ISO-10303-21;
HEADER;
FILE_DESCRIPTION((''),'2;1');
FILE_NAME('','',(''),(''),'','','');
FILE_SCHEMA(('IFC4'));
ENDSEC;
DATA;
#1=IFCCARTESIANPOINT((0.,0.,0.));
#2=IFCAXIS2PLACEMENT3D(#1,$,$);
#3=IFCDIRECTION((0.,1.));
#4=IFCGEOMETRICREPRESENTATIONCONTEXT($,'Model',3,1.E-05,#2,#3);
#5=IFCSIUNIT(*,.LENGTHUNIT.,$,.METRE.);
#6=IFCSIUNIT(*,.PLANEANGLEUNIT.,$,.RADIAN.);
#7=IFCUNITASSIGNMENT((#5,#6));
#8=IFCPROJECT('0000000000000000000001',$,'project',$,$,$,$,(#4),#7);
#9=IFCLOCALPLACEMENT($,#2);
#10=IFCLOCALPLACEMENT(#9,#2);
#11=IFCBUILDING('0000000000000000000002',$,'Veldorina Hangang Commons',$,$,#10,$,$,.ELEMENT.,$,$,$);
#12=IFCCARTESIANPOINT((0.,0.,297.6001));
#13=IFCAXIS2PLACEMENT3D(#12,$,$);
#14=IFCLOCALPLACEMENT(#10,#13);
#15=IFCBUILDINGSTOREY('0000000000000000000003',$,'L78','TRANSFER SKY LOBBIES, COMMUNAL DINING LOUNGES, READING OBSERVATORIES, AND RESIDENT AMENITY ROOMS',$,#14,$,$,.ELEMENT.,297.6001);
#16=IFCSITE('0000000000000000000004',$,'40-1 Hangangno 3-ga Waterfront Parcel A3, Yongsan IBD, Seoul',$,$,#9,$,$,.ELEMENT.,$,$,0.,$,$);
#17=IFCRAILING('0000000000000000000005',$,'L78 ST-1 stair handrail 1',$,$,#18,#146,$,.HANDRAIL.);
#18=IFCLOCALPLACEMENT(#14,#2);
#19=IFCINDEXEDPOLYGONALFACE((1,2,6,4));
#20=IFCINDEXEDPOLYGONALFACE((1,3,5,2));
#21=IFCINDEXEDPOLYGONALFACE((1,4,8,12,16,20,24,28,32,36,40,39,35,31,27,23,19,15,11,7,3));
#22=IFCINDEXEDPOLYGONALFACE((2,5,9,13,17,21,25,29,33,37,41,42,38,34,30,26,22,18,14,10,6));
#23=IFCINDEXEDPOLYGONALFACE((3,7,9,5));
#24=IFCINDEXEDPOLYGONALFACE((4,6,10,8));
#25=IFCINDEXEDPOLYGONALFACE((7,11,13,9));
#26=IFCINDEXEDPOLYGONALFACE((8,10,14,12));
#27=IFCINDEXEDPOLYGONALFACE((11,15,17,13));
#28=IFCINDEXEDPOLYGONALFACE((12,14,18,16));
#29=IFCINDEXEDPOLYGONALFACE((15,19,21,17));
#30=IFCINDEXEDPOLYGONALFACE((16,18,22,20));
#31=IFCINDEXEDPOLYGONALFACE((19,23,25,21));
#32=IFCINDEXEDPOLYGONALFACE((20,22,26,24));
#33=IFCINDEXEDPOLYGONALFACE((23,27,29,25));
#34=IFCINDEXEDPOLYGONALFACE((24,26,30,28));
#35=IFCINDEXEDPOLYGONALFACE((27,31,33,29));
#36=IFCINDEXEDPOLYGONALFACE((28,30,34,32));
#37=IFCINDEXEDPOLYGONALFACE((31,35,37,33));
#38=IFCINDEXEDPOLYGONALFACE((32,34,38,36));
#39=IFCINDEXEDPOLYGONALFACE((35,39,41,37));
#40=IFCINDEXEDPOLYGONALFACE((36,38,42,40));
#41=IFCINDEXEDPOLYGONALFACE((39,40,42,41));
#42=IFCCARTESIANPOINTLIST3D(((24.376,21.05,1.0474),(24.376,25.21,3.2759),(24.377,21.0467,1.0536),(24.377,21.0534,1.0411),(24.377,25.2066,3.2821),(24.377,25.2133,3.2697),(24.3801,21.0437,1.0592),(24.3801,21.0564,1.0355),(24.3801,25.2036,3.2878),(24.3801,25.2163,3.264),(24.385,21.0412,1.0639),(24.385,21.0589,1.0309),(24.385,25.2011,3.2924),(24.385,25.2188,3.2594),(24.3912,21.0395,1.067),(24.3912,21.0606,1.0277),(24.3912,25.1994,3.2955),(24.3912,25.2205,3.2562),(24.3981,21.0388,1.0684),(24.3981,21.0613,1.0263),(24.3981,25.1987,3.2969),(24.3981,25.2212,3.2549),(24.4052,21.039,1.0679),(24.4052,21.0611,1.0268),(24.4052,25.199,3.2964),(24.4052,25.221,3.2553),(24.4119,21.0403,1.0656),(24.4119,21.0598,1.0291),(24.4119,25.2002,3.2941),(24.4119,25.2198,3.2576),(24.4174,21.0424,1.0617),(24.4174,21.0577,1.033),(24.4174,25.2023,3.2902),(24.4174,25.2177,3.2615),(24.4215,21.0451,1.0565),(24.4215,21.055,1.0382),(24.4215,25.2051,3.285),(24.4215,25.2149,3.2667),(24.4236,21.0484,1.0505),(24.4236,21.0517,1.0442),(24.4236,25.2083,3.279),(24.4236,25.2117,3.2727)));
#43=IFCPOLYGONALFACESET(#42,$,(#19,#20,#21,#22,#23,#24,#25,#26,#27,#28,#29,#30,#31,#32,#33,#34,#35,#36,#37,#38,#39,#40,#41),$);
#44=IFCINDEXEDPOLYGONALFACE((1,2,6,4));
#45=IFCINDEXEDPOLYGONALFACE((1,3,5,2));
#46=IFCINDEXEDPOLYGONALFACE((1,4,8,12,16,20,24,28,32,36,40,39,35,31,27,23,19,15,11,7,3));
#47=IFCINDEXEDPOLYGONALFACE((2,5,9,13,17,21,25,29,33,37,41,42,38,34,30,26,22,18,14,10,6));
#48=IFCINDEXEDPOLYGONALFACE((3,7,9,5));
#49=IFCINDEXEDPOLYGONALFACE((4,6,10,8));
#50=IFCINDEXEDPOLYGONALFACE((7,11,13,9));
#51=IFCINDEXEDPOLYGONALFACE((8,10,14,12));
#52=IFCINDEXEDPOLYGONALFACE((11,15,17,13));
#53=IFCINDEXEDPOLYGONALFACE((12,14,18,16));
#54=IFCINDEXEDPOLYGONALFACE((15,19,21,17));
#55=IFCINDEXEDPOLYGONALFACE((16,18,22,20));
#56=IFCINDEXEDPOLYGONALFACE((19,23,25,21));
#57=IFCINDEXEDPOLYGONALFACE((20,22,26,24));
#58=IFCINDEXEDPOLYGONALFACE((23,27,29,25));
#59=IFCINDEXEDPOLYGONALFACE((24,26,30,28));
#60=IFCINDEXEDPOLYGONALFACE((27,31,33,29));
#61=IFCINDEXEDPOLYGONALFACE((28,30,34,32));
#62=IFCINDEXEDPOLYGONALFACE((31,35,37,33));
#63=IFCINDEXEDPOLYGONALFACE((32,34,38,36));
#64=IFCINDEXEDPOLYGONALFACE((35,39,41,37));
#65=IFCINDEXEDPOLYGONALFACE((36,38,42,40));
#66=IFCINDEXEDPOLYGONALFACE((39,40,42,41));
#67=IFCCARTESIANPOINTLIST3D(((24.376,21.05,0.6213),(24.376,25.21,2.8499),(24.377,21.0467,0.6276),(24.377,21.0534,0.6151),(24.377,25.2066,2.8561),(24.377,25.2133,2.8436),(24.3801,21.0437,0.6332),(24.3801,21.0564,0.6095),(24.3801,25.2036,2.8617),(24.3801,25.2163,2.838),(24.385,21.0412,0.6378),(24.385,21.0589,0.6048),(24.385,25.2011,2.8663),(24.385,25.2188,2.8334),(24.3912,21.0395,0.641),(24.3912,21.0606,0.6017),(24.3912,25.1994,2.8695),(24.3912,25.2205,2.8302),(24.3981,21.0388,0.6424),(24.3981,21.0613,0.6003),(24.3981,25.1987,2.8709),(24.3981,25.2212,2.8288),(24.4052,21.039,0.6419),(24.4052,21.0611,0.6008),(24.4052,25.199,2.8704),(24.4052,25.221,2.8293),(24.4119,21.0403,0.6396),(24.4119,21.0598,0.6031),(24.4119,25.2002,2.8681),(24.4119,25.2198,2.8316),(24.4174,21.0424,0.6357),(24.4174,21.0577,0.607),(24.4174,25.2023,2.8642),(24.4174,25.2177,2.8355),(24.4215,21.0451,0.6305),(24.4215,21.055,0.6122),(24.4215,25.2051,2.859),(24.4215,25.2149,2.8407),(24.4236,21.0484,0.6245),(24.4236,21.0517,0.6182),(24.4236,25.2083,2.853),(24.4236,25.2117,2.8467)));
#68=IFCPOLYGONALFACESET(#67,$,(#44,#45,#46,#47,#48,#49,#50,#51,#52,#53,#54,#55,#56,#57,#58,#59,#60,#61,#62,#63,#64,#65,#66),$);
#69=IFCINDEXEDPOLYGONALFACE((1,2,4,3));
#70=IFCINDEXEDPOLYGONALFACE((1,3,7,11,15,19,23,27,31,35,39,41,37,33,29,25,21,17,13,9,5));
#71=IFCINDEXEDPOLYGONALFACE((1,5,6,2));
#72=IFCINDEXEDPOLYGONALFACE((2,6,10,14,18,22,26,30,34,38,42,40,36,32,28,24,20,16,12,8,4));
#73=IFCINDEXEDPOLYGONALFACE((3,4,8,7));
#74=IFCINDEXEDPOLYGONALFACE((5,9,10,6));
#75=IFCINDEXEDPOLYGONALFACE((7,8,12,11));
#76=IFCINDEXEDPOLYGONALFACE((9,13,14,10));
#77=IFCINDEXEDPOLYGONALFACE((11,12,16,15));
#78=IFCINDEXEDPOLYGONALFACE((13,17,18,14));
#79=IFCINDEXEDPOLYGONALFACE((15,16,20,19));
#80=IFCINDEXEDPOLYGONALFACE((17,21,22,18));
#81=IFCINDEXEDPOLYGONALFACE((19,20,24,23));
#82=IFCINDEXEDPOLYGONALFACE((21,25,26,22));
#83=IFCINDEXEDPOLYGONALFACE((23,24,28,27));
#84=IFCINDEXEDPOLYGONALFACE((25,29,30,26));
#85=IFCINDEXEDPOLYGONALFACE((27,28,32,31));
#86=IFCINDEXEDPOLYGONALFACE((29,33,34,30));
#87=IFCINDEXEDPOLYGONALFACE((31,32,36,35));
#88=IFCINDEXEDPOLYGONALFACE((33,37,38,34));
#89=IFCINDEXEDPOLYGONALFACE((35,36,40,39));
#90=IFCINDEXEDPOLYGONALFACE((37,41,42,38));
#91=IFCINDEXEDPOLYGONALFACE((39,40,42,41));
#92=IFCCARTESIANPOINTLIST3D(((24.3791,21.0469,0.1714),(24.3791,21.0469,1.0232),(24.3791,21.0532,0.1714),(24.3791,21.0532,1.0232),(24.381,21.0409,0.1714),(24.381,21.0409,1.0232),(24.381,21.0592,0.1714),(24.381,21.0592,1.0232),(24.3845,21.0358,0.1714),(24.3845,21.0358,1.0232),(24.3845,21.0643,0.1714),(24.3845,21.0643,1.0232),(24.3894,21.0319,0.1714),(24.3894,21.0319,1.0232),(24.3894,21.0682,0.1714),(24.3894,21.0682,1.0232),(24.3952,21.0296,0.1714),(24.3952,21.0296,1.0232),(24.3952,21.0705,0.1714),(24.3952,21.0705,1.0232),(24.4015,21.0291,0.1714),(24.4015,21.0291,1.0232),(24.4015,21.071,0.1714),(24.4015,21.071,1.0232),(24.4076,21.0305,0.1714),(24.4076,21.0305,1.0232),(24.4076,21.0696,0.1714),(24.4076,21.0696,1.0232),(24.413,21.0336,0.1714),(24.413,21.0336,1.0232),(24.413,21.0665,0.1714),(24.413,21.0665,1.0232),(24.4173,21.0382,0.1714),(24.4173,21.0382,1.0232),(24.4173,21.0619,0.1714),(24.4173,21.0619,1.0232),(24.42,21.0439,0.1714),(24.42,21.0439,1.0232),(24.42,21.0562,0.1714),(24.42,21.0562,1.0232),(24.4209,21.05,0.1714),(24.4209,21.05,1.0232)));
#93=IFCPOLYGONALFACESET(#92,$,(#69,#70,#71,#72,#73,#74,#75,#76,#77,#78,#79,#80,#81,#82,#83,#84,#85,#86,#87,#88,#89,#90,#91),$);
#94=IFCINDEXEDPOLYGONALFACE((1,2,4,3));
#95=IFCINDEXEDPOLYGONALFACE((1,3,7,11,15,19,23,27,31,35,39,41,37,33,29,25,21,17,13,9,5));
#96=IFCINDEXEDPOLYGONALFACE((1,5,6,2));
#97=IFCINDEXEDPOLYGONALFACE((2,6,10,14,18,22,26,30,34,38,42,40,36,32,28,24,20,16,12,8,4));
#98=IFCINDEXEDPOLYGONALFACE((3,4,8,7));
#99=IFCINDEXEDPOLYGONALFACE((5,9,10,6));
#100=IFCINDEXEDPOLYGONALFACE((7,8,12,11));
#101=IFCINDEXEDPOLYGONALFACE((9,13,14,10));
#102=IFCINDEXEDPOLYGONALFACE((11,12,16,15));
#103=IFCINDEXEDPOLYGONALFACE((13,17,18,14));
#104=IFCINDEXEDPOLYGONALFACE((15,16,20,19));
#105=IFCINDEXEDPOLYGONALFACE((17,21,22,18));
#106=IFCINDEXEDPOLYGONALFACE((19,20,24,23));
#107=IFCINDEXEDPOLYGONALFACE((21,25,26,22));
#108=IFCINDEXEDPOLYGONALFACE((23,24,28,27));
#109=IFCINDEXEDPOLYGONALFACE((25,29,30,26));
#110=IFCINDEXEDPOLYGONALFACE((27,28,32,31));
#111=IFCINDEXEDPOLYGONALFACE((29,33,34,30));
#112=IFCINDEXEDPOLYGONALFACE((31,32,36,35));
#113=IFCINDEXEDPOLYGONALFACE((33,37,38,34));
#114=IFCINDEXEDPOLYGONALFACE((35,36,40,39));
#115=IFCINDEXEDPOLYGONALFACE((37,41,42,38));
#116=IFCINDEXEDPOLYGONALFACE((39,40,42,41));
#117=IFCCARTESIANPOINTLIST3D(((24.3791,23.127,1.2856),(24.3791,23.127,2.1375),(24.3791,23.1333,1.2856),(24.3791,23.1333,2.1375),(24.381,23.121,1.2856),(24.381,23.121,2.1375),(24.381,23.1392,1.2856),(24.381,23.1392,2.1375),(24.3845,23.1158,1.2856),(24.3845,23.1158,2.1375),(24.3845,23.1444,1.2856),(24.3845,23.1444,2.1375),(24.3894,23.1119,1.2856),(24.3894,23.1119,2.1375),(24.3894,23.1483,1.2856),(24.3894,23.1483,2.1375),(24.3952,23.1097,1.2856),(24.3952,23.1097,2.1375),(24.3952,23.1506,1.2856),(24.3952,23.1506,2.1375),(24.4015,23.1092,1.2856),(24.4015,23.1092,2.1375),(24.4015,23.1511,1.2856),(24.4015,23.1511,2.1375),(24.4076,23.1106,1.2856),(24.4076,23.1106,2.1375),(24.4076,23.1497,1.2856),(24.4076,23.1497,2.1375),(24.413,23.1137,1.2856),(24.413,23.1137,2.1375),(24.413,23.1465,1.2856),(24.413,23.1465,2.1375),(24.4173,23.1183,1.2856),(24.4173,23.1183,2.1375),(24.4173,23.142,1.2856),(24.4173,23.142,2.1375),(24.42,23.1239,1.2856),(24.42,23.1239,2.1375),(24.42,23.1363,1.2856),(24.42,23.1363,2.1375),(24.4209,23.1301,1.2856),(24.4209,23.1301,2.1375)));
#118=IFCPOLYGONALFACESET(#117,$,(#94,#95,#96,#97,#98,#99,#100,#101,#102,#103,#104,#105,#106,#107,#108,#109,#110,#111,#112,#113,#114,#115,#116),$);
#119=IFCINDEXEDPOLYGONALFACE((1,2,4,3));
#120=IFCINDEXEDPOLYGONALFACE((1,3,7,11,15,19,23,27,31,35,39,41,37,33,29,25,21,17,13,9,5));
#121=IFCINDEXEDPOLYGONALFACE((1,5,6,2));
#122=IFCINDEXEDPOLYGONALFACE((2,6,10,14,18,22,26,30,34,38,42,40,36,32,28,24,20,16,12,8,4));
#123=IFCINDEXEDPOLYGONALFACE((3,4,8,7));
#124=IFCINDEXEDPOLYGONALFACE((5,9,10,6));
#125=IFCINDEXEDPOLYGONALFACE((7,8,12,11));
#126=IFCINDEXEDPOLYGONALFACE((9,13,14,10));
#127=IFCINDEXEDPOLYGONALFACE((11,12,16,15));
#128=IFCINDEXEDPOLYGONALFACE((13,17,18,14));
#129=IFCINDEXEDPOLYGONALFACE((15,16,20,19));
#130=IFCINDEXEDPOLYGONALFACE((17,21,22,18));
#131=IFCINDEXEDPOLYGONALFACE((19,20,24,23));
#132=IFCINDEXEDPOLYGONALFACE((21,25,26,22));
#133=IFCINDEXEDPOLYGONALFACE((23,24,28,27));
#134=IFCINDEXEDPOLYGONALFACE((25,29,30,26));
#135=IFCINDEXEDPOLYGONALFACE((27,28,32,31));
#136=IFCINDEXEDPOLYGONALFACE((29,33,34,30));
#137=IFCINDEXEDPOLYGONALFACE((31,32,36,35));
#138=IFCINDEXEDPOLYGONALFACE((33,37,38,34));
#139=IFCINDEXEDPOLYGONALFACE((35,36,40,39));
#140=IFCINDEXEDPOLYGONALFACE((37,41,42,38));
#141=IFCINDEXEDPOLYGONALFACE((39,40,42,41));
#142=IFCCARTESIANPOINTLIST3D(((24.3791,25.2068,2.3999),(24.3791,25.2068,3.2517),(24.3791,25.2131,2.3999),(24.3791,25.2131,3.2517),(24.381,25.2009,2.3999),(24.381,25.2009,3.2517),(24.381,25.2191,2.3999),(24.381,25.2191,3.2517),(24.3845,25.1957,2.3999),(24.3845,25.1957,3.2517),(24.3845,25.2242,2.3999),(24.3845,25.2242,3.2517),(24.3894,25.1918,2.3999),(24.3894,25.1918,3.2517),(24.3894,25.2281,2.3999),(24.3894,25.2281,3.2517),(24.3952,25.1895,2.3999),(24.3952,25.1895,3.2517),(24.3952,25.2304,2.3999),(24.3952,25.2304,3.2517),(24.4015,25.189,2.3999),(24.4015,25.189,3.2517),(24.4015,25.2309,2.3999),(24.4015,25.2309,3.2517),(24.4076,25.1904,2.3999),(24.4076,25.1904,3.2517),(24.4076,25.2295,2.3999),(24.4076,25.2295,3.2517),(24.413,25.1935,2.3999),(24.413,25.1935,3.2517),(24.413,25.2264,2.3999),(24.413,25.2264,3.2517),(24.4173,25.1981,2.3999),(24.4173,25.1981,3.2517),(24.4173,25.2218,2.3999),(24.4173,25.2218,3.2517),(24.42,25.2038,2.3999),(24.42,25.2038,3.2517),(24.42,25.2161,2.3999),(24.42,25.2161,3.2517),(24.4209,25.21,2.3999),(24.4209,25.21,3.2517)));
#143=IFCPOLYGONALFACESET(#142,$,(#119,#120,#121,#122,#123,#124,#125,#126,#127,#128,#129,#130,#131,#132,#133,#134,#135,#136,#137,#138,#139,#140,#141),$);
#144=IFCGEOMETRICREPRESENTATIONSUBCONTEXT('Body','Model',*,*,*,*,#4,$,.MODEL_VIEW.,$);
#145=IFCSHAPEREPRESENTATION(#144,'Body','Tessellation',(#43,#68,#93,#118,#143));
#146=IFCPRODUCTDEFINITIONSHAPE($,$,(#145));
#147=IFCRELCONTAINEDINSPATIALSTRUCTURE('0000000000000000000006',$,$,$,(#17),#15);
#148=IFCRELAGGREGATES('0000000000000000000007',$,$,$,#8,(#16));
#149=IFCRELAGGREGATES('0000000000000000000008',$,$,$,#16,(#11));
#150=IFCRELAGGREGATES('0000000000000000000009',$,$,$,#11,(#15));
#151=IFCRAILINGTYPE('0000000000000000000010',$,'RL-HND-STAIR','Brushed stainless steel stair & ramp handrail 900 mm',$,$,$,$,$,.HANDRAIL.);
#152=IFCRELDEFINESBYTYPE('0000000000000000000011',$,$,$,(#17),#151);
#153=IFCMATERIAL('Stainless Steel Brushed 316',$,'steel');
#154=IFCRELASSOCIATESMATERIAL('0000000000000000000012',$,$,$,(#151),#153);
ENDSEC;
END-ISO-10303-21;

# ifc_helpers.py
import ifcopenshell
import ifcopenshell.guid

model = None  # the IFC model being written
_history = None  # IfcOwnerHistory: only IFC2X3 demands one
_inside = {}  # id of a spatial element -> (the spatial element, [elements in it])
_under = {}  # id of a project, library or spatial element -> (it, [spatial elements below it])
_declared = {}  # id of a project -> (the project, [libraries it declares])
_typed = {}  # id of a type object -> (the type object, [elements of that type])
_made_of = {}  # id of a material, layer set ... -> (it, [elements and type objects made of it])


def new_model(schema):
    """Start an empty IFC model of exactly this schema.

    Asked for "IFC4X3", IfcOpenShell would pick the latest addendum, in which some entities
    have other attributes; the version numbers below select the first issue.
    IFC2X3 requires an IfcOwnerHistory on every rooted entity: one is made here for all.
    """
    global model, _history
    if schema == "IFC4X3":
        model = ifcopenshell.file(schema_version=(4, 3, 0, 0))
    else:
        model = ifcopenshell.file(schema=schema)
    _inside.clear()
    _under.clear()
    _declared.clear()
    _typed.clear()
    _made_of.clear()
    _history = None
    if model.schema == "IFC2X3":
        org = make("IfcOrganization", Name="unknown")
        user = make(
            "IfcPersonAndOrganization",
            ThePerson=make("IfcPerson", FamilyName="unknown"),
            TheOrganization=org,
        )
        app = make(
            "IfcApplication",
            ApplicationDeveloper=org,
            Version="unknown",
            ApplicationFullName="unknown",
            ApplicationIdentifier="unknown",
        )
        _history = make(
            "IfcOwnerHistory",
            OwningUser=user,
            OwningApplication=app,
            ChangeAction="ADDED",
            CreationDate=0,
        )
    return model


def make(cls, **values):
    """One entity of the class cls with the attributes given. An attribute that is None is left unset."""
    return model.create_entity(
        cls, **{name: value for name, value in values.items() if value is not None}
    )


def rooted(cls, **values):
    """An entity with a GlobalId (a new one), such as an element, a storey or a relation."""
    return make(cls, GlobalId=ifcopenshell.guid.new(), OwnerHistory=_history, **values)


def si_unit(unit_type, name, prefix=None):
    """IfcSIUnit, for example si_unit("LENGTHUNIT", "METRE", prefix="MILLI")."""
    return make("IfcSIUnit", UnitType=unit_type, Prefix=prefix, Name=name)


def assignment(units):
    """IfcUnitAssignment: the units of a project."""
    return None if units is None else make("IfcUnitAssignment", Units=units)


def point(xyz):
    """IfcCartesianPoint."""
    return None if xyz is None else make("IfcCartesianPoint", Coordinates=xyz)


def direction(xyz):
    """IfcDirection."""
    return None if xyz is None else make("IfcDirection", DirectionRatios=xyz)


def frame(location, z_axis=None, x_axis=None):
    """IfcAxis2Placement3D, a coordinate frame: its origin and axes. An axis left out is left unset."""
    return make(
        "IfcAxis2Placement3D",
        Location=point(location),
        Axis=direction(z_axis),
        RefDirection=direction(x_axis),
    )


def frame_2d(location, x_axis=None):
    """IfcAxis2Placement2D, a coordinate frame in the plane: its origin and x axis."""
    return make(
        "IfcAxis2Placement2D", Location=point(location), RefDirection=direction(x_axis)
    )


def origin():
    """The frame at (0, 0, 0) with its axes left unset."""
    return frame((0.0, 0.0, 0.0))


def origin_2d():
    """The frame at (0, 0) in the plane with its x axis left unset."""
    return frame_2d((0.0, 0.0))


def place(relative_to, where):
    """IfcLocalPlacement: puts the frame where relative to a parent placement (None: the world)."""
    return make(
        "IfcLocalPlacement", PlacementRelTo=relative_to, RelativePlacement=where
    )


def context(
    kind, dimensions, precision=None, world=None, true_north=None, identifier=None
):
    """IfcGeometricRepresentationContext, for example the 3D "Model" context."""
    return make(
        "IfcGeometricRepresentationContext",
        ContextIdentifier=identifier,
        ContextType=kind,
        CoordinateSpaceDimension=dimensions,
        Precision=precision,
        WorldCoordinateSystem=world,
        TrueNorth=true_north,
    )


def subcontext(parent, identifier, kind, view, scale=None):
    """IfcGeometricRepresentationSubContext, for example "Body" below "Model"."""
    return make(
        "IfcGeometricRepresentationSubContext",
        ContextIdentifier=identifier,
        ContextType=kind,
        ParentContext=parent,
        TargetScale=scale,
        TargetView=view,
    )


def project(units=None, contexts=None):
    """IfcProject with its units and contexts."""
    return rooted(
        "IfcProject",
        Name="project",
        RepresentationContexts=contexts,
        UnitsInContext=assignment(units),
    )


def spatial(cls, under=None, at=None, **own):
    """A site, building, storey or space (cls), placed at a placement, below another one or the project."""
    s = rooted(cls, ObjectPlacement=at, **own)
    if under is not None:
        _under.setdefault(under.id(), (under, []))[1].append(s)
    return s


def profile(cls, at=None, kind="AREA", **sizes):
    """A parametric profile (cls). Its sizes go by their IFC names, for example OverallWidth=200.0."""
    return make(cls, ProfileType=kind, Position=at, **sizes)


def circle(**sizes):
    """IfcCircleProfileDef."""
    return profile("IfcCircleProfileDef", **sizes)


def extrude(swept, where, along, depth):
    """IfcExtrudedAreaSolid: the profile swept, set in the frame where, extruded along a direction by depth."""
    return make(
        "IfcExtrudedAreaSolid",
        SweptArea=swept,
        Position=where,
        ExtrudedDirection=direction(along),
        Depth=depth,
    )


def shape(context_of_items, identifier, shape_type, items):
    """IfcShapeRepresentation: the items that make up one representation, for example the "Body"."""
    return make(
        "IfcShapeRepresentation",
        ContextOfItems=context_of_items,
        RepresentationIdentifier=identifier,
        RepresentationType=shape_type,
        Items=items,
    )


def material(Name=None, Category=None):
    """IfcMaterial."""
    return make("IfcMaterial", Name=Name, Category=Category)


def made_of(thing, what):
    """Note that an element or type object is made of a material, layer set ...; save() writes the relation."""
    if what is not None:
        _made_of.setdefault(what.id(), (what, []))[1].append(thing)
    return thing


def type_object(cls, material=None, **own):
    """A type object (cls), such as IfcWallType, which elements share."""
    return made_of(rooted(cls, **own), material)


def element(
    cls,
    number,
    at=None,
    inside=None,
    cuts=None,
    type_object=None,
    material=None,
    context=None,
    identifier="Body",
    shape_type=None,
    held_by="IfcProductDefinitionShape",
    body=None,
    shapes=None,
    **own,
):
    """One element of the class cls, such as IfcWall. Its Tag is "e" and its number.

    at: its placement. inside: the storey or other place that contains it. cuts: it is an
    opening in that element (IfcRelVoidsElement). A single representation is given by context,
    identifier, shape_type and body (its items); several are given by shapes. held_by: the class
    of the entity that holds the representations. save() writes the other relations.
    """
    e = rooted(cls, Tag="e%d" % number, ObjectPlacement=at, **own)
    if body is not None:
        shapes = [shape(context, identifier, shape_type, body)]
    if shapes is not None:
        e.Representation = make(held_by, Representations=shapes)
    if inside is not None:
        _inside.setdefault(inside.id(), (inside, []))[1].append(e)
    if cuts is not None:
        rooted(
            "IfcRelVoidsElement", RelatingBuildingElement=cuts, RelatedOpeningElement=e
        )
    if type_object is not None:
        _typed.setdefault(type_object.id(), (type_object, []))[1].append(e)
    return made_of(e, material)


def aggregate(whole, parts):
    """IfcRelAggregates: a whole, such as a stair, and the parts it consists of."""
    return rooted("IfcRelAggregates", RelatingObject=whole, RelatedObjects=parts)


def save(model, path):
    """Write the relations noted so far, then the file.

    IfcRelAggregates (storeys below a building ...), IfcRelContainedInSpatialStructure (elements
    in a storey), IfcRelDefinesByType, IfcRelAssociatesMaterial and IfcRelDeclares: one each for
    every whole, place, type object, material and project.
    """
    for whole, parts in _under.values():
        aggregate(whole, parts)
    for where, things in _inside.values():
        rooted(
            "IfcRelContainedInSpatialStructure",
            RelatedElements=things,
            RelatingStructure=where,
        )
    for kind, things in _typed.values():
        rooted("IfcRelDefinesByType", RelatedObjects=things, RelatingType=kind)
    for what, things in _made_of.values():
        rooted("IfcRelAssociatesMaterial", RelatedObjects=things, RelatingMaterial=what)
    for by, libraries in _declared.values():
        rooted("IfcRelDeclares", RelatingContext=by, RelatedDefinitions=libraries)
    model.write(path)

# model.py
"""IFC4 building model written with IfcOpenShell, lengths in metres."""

from ifc_helpers import new_model, si_unit, direction, frame, origin, origin_2d, place, context, subcontext, project, spatial, circle, extrude, material, type_object, element, save


model = new_model("IFC4")

# Units and contexts
model_context = context("Model", 3, precision=1e-05, world=origin(), true_north=direction((0.0, 1.0)))
body_context = subcontext(model_context, "Body", "Model", "MODEL_VIEW")
ifc_project = project(units=[si_unit("LENGTHUNIT", "METRE"), si_unit("PLANEANGLEUNIT", "RADIAN")], contexts=[model_context])

# Site, building, storey
site_placement = place(None, origin())
site = spatial("IfcSite", under=ifc_project, at=site_placement, Name="40-1 Hangangno 3-ga Waterfront Parcel A3, Yongsan IBD, Seoul", CompositionType="ELEMENT", RefElevation=0.0)
building_placement = place(site_placement, origin())
building = spatial("IfcBuilding", under=site, at=building_placement, Name="Veldorina Hangang Commons", CompositionType="ELEMENT")
storey_placement = place(building_placement, frame((0.0, 0.0, 297.6001)))
storey = spatial("IfcBuildingStorey", under=building, at=storey_placement, Name="L78", Description="TRANSFER SKY LOBBIES, COMMUNAL DINING LOUNGES, READING OBSERVATORIES, AND RESIDENT AMENITY ROOMS", CompositionType="ELEMENT", Elevation=297.6001)

# Railing
ifc_material_1 = material(Name="Stainless Steel Brushed 316", Category="steel")
railing_type_1 = type_object("IfcRailingType", Name="RL-HND-STAIR", Description="Brushed stainless steel stair & ramp handrail 900 mm", PredefinedType="HANDRAIL", material=ifc_material_1)
railing_1_placement = place(storey_placement, frame((24.3999, 21.05, 0.1714)))
element("IfcRailing", 1, at=railing_1_placement, inside=storey, type_object=railing_type_1, Name="L78 ST-1 stair handrail 1", PredefinedType="HANDRAIL", context=body_context, shape_type="SweptSolid", body=[
    extrude(circle(Radius=0.0239, at=origin_2d()), frame((0.0, 0.0, 0.876), z_axis=(0.0, 0.881481, 0.47222), x_axis=(-1.0, 0.0, 0.0)), (0.0, 0.0, 1.0), 4.7192),
    extrude(circle(Radius=0.0239, at=origin_2d()), frame((0.0, 0.0, 0.45), z_axis=(0.0, 0.881481, 0.47222), x_axis=(-1.0, 0.0, 0.0)), (0.0, 0.0, 1.0), 4.7192),
    extrude(circle(Radius=0.021, at=origin_2d()), origin(), (0.0, 0.0, 1.0), 0.8518),
    extrude(circle(Radius=0.021, at=origin_2d()), frame((0.0, 2.0801, 1.1143)), (0.0, 0.0, 1.0), 0.8518),
    extrude(circle(Radius=0.021, at=origin_2d()), frame((0.0, 4.1599, 2.2285)), (0.0, 0.0, 1.0), 0.8518),
])

save(model, "model.ifc")
